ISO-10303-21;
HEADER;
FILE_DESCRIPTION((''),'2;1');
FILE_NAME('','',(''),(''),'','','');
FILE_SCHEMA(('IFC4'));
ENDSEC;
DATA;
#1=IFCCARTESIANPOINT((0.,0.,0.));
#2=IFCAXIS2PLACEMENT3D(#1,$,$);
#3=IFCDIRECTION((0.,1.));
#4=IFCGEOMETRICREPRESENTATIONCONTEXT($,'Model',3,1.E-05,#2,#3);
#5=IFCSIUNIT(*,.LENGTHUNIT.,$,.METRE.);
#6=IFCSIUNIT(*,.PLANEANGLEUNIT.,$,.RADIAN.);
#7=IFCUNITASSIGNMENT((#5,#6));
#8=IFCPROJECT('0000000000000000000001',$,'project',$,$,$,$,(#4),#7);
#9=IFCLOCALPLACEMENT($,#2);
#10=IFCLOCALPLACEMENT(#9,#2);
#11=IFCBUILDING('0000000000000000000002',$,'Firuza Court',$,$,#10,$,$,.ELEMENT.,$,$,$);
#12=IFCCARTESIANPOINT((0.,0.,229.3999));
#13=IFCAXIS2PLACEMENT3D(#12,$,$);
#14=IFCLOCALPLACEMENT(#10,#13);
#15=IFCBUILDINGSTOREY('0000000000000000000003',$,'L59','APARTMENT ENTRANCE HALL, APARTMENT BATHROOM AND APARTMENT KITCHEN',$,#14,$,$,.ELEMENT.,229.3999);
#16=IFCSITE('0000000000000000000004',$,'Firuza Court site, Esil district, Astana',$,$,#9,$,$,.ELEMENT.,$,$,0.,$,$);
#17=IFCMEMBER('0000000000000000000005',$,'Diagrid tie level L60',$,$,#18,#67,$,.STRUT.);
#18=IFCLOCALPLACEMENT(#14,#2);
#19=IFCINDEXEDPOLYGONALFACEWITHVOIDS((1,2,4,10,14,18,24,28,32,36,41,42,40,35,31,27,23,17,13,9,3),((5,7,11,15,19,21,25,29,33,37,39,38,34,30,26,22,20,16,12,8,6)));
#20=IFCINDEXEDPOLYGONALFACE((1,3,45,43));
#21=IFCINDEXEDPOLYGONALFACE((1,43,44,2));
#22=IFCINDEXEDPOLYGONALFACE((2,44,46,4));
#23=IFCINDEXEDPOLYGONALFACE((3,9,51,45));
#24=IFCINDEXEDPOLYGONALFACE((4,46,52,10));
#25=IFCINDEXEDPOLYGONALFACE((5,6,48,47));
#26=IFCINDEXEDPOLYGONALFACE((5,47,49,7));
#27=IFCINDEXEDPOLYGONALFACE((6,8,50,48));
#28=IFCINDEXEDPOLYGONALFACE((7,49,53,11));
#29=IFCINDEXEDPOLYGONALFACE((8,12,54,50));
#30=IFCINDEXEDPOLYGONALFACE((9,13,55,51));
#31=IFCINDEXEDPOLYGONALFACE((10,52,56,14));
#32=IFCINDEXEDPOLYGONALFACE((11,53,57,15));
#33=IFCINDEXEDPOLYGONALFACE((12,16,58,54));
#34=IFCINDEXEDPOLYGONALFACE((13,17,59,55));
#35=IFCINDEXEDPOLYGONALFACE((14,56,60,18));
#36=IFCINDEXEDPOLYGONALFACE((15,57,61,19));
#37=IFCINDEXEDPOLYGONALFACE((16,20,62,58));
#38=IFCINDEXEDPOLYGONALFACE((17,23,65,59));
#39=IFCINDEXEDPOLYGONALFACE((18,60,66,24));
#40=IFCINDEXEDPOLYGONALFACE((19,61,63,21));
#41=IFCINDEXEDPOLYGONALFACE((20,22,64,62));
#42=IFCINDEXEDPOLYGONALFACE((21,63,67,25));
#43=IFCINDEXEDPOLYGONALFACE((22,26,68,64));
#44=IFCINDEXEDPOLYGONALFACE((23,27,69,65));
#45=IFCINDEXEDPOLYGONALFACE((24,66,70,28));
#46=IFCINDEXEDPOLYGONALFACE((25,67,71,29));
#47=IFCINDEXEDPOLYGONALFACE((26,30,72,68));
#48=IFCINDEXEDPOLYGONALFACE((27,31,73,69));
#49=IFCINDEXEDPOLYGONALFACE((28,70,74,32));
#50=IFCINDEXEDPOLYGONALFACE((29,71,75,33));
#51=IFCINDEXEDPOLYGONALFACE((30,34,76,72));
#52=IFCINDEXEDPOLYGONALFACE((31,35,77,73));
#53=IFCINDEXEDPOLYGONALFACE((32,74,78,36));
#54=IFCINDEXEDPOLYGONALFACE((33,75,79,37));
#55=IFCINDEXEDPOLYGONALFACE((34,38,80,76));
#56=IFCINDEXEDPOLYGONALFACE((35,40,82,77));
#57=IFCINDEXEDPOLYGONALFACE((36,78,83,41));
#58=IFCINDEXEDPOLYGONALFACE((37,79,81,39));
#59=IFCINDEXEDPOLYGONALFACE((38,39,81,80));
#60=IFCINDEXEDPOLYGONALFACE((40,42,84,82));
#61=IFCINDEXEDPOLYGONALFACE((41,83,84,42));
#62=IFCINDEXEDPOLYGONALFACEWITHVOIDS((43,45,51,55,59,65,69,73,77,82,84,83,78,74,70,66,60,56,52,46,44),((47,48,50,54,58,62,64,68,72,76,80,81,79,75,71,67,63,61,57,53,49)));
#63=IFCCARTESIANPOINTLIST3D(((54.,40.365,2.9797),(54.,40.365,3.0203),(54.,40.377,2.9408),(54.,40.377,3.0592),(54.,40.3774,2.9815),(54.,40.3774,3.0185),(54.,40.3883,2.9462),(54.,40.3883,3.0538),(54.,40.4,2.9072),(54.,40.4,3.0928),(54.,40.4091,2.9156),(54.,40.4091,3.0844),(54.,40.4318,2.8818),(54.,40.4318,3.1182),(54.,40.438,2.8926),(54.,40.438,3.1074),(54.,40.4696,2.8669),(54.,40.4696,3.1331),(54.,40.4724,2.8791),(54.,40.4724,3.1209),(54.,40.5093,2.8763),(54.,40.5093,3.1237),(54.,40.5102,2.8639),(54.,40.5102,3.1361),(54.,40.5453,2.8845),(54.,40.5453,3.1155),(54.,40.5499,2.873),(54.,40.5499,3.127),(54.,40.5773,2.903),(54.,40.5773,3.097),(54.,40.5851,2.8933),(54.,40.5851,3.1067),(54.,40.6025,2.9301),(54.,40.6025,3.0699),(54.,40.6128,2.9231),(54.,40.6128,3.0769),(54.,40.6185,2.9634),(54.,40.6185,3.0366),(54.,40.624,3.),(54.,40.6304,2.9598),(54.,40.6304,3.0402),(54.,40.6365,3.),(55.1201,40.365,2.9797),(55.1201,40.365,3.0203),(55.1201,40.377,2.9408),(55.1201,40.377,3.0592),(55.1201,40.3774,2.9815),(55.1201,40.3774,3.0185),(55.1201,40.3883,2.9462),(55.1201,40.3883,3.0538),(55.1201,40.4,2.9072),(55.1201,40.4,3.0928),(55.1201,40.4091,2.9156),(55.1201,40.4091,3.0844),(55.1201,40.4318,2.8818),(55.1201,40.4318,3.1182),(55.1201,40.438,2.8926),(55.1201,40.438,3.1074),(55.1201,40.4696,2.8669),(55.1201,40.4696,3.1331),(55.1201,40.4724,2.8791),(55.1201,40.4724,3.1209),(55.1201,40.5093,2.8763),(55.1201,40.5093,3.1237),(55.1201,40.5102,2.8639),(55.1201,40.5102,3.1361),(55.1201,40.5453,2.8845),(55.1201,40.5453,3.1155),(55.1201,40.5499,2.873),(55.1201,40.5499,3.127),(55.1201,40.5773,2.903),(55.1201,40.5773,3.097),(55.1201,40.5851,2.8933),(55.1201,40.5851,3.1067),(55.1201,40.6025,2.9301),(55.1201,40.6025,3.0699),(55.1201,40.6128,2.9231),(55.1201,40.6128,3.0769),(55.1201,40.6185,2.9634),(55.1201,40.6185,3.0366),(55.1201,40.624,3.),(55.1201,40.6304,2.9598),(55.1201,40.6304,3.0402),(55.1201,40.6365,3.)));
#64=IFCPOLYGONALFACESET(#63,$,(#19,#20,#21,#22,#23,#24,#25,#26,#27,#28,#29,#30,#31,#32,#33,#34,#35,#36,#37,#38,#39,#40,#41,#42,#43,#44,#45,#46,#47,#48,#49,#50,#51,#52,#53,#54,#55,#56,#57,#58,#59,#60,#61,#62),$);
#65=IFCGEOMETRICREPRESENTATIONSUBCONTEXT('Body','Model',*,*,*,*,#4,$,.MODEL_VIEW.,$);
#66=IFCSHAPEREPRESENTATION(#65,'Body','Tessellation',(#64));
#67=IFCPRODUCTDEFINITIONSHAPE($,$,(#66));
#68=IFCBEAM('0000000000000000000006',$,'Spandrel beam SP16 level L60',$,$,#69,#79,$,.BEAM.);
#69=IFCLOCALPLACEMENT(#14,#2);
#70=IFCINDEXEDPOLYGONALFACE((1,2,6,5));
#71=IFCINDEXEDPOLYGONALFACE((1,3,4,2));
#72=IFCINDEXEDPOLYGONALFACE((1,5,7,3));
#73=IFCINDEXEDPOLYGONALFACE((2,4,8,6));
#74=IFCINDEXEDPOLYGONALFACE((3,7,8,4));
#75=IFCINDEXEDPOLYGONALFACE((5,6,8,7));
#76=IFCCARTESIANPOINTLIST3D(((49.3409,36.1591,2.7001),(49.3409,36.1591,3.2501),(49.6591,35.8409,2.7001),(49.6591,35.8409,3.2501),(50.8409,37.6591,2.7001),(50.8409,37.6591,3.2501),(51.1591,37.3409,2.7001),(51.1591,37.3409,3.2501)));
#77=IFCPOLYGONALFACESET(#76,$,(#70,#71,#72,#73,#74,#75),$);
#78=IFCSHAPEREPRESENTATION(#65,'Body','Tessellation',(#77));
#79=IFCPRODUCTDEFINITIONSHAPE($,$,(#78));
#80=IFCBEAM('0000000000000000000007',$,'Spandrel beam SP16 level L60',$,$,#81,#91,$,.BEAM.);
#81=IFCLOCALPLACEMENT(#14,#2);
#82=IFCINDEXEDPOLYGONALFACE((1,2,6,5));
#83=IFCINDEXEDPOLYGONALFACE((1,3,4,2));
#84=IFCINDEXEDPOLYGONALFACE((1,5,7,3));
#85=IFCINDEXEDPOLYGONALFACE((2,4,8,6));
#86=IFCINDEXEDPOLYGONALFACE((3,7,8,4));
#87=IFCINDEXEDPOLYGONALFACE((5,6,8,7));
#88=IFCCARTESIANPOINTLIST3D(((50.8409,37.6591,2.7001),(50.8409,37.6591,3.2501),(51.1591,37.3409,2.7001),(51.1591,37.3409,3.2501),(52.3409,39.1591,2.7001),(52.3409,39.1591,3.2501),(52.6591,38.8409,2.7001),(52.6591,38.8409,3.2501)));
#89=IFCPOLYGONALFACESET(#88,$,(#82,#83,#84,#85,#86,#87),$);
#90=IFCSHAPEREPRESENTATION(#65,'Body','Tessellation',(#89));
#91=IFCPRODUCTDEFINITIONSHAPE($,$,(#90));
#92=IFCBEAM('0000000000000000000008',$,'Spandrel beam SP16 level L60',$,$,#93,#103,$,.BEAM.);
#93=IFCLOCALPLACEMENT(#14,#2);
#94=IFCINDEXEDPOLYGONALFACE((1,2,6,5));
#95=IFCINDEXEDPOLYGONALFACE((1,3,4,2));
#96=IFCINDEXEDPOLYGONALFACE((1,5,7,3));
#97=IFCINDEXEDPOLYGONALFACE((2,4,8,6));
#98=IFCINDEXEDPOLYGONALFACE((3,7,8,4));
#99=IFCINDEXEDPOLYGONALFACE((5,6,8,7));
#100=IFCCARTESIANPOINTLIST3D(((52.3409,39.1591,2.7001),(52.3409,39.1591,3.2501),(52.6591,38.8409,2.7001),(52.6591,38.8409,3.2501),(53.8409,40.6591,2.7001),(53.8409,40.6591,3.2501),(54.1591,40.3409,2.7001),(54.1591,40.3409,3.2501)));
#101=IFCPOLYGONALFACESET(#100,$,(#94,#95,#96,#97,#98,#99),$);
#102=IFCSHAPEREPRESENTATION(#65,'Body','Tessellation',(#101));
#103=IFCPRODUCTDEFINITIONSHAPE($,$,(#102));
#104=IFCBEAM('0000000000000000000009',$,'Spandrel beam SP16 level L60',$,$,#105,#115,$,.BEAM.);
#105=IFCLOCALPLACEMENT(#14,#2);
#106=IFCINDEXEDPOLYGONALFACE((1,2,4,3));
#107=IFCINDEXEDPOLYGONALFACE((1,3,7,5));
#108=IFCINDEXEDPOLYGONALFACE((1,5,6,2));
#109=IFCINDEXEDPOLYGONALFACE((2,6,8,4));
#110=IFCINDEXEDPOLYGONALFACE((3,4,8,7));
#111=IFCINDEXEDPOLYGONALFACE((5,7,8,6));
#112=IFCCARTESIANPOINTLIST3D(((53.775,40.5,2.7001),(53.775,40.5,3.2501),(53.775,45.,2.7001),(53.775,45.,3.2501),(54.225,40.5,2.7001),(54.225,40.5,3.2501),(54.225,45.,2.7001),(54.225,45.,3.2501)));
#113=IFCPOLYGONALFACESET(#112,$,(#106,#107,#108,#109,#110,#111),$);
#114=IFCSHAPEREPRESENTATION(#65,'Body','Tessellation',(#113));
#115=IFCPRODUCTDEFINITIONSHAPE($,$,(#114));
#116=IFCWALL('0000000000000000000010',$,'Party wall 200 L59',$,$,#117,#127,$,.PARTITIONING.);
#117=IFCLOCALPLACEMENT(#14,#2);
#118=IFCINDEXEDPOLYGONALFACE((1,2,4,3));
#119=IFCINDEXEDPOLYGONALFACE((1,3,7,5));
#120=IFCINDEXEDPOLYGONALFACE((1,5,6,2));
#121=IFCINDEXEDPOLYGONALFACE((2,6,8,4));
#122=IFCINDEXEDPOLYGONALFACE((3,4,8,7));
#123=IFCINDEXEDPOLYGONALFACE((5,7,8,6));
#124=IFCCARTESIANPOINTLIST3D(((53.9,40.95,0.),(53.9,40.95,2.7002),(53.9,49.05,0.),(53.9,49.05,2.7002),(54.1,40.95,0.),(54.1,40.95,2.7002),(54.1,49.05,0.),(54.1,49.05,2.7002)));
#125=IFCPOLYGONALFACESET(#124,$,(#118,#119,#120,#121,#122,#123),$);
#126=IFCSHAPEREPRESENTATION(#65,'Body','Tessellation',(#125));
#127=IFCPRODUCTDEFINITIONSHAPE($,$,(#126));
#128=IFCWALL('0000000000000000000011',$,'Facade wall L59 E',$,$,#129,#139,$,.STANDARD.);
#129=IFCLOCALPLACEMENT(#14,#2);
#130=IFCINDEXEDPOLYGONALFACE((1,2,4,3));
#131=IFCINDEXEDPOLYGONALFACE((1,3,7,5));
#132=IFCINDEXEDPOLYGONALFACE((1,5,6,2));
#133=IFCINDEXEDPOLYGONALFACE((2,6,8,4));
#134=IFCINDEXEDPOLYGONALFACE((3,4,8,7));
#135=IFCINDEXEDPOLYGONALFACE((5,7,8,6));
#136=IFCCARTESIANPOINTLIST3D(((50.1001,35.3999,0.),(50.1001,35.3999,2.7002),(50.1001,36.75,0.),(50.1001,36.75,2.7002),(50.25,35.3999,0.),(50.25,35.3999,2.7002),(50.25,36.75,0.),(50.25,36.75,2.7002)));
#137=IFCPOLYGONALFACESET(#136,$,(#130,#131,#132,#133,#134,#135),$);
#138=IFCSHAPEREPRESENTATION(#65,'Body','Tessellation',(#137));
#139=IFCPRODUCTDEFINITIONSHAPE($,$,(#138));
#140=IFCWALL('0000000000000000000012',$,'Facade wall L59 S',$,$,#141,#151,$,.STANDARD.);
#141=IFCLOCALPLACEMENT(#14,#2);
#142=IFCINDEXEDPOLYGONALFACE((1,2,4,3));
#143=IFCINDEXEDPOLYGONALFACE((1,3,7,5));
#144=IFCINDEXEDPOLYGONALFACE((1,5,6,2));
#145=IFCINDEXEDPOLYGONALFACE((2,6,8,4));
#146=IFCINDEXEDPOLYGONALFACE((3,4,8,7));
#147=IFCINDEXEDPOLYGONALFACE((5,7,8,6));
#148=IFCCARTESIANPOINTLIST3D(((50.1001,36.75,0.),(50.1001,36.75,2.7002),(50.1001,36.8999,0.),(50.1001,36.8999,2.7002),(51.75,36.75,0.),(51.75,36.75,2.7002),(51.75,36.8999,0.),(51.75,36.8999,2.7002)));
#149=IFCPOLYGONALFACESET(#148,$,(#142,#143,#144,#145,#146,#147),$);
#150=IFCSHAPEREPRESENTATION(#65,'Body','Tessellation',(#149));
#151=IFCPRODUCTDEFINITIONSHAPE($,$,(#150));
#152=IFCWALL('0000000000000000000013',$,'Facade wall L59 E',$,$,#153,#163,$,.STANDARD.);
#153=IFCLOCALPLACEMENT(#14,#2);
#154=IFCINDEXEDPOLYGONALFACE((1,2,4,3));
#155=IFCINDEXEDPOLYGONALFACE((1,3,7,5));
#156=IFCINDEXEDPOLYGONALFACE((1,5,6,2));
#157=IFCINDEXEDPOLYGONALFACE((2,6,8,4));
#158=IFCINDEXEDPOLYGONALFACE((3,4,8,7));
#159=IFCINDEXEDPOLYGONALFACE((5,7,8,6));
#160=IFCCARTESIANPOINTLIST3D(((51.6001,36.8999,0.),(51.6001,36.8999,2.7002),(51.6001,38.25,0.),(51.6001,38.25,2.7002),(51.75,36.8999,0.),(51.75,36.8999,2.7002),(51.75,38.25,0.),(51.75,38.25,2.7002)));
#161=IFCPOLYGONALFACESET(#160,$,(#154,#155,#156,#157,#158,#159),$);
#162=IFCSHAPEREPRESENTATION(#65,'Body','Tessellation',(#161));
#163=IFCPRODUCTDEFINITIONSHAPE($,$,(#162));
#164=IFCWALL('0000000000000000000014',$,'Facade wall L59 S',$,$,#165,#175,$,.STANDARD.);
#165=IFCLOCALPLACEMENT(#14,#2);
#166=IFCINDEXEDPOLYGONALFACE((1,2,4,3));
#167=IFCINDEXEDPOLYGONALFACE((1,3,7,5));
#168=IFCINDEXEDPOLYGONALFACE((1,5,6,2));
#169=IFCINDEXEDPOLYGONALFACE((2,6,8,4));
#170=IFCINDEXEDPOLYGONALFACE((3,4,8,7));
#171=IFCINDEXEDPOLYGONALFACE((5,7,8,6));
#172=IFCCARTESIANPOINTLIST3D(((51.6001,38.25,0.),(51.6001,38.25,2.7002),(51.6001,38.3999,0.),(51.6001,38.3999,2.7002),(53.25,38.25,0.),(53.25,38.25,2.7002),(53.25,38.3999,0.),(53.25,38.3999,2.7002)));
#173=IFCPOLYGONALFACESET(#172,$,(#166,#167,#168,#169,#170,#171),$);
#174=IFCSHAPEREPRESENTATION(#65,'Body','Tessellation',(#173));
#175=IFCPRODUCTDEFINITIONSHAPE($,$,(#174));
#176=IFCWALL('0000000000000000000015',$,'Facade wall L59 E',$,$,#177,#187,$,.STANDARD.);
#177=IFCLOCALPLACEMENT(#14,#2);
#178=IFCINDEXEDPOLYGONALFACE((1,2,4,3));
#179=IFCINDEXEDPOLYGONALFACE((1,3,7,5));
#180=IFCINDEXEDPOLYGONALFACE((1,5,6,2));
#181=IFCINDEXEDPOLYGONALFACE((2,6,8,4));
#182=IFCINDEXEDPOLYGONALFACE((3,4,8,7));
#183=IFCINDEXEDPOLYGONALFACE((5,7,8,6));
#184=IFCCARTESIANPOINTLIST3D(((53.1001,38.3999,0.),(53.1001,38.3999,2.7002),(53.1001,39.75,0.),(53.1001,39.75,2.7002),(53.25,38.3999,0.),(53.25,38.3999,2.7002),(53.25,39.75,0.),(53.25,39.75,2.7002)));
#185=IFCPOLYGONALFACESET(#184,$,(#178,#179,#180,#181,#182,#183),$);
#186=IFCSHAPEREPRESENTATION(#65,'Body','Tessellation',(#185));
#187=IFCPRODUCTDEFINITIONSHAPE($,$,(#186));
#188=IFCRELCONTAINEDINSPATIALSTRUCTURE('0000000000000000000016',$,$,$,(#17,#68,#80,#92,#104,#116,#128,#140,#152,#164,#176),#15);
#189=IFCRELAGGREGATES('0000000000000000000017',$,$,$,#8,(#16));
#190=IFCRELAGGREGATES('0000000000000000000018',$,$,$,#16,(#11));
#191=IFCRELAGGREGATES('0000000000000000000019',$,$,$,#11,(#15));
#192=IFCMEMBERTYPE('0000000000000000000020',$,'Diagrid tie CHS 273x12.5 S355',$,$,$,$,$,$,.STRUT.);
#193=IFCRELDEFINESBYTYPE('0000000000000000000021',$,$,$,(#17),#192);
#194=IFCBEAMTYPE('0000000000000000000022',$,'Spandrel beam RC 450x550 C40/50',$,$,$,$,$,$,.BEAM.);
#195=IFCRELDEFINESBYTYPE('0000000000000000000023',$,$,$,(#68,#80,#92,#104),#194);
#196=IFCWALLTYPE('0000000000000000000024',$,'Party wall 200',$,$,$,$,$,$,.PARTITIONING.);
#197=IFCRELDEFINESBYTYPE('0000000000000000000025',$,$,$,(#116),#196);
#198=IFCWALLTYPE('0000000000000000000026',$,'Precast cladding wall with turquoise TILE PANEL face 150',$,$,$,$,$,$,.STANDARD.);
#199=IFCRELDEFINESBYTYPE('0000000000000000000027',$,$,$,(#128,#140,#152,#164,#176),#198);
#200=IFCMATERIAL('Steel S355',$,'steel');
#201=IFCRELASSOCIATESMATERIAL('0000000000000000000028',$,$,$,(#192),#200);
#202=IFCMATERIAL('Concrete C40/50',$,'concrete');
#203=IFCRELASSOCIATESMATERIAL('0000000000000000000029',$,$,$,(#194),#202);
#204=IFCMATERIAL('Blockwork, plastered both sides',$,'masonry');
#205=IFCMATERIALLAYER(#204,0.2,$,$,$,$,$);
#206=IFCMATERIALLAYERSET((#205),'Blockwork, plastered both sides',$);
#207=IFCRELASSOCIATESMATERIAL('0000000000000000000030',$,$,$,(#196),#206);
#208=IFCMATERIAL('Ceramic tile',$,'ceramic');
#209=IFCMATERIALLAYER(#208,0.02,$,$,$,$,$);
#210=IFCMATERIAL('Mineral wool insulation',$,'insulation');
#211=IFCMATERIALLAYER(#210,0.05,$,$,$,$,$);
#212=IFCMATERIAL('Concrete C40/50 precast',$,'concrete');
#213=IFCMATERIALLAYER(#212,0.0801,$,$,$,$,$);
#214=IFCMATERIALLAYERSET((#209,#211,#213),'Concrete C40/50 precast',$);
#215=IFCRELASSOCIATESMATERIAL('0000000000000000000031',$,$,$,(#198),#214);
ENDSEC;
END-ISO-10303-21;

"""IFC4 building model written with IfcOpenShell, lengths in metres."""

from ifc_helpers import new_model, si_unit, direction, frame, frame_2d, origin, origin_2d, place, context, subcontext, project, spatial, rectangle, hollow_circle, extrude, material, layer, layer_set, material_profile, profile_set, type_object, element, save


model = new_model("IFC4")

# Units and contexts
model_context = context("Model", 3, precision=1e-05, world=origin(), true_north=direction((0.0, 1.0)))
body_context = subcontext(model_context, "Body", "Model", "MODEL_VIEW")
ifc_project = project(units=[si_unit("LENGTHUNIT", "METRE"), si_unit("PLANEANGLEUNIT", "RADIAN")], contexts=[model_context])

# Site, building, storey
site_placement = place(None, origin())
site = spatial("IfcSite", under=ifc_project, at=site_placement, Name="Firuza Court site, Esil district, Astana", CompositionType="ELEMENT", RefElevation=0.0)
building_placement = place(site_placement, origin())
building = spatial("IfcBuilding", under=site, at=building_placement, Name="Firuza Court", CompositionType="ELEMENT")
storey_placement = place(building_placement, frame((0.0, 0.0, 229.3999)))
storey = spatial("IfcBuildingStorey", under=building, at=storey_placement, Name="L59", Description="APARTMENT ENTRANCE HALL, APARTMENT BATHROOM AND APARTMENT KITCHEN", CompositionType="ELEMENT", Elevation=229.3999)

# Member
ifc_material_1 = material(Name="Steel S355", Category="steel")
ifc_material_profile_1 = material_profile(ifc_material_1, hollow_circle(Radius=0.1365, WallThickness=0.0125, at=origin_2d()), Name="CHS 273x12.5")
ifc_profile_set_1 = profile_set([ifc_material_profile_1], Name="Steel S355")
member_type_1 = type_object("IfcMemberType", Name="Diagrid tie CHS 273x12.5 S355", PredefinedType="STRUT", material=ifc_profile_set_1)
for number, where, z_axis, x_axis, name in (
    (1, (54.0, 40.5, 3.0), (1.0, 0.0, 0.0), (0.0, 1.0, 0.0), "Diagrid tie level L60"),
):
    element("IfcMember", number, at=place(storey_placement, frame(where, z_axis=z_axis, x_axis=x_axis)), inside=storey, type_object=member_type_1, Name=name, PredefinedType="STRUT", context=body_context, shape_type="SweptSolid", body=[
        extrude(hollow_circle(Radius=0.1365, WallThickness=0.0125, at=origin_2d()), origin(), (0.0, 0.0, 1.0), 1.1201),
    ])

# Beams
ifc_material_2 = material(Name="Concrete C40/50", Category="concrete")
ifc_material_profile_2 = material_profile(ifc_material_2, rectangle(XDim=0.45, YDim=0.55, at=origin_2d()), Name="RC 450x550")
ifc_profile_set_2 = profile_set([ifc_material_profile_2], Name="Concrete C40/50")
beam_type = type_object("IfcBeamType", Name="Spandrel beam RC 450x550 C40/50", PredefinedType="BEAM", material=ifc_profile_set_2)
for number, where, z_axis, x_axis, name in (
    (2, (49.5, 36.0, 2.9751), (0.707107, 0.707107, 0.0), (-0.707107, 0.707107, 0.0), "Spandrel beam SP16 level L60"),
    (3, (51.0, 37.5, 2.9751), (0.707107, 0.707107, 0.0), (-0.707107, 0.707107, 0.0), "Spandrel beam SP16 level L60"),
    (4, (52.5, 39.0, 2.9751), (0.707107, 0.707107, 0.0), (-0.707107, 0.707107, 0.0), "Spandrel beam SP16 level L60"),
):
    element("IfcBeam", number, at=place(storey_placement, frame(where, z_axis=z_axis, x_axis=x_axis)), inside=storey, type_object=beam_type, Name=name, PredefinedType="BEAM", context=body_context, shape_type="SweptSolid", body=[
        extrude(rectangle(XDim=0.45, YDim=0.55, at=origin_2d()), origin(), (0.0, 0.0, 1.0), 2.1213),
    ])
beam_placement = place(storey_placement, frame((54.0, 40.5, 2.9751), z_axis=(0.0, 1.0, 0.0), x_axis=(-1.0, 0.0, 0.0)))
element("IfcBeam", 5, at=beam_placement, inside=storey, type_object=beam_type, Name="Spandrel beam SP16 level L60", PredefinedType="BEAM", context=body_context, shape_type="SweptSolid", body=[
    extrude(rectangle(XDim=0.45, YDim=0.55, at=origin_2d()), origin(), (0.0, 0.0, 1.0), 4.5),
])

# Walls
ifc_material_3 = material(Name="Blockwork, plastered both sides", Category="masonry")
ifc_layer_1 = layer(ifc_material_3, 0.2)
ifc_layer_set_1 = layer_set([ifc_layer_1], Name="Blockwork, plastered both sides")
wall_type_1 = type_object("IfcWallType", Name="Party wall 200", PredefinedType="PARTITIONING", material=ifc_layer_set_1)
wall_1_placement = place(storey_placement, frame((54.0, 40.95, 0.0), z_axis=(0.0, 0.0, 1.0), x_axis=(0.0, 1.0, 0.0)))
element("IfcWall", 6, at=wall_1_placement, inside=storey, type_object=wall_type_1, Name="Party wall 200 L59", PredefinedType="PARTITIONING", context=body_context, shape_type="SweptSolid", body=[
    extrude(rectangle(XDim=8.1001, YDim=0.2, at=frame_2d((4.05, 0.0))), origin(), (0.0, 0.0, 1.0), 2.7002),
])
ifc_material_4 = material(Name="Ceramic tile", Category="ceramic")
ifc_layer_2 = layer(ifc_material_4, 0.02)
ifc_material_5 = material(Name="Mineral wool insulation", Category="insulation")
ifc_layer_3 = layer(ifc_material_5, 0.05)
ifc_material_6 = material(Name="Concrete C40/50 precast", Category="concrete")
ifc_layer_4 = layer(ifc_material_6, 0.0801)
ifc_layer_set_2 = layer_set([ifc_layer_2, ifc_layer_3, ifc_layer_4], Name="Concrete C40/50 precast")
wall_type_2 = type_object("IfcWallType", Name="Precast cladding wall with turquoise TILE PANEL face 150", PredefinedType="STANDARD", material=ifc_layer_set_2)
wall_2_placement = place(storey_placement, frame((50.175, 35.3999, 0.0), z_axis=(0.0, 0.0, 1.0), x_axis=(0.0, 1.0, 0.0)))
element("IfcWall", 7, at=wall_2_placement, inside=storey, type_object=wall_type_2, Name="Facade wall L59 E", PredefinedType="STANDARD", context=body_context, shape_type="SweptSolid", body=[
    extrude(rectangle(XDim=1.3501, YDim=0.1499, at=frame_2d((0.675, 0.0))), origin(), (0.0, 0.0, 1.0), 2.7002),
])
wall_3_placement = place(storey_placement, frame((50.1001, 36.825, 0.0), z_axis=(0.0, 0.0, 1.0), x_axis=(1.0, 0.0, 0.0)))
element("IfcWall", 8, at=wall_3_placement, inside=storey, type_object=wall_type_2, Name="Facade wall L59 S", PredefinedType="STANDARD", context=body_context, shape_type="SweptSolid", body=[
    extrude(rectangle(XDim=1.6499, YDim=0.1499, at=frame_2d((0.825, 0.0))), origin(), (0.0, 0.0, 1.0), 2.7002),
])
wall_4_placement = place(storey_placement, frame((51.675, 36.8999, 0.0), z_axis=(0.0, 0.0, 1.0), x_axis=(0.0, 1.0, 0.0)))
element("IfcWall", 9, at=wall_4_placement, inside=storey, type_object=wall_type_2, Name="Facade wall L59 E", PredefinedType="STANDARD", context=body_context, shape_type="SweptSolid", body=[
    extrude(rectangle(XDim=1.3501, YDim=0.1499, at=frame_2d((0.675, 0.0))), origin(), (0.0, 0.0, 1.0), 2.7002),
])
wall_5_placement = place(storey_placement, frame((51.6001, 38.325, 0.0), z_axis=(0.0, 0.0, 1.0), x_axis=(1.0, 0.0, 0.0)))
element("IfcWall", 10, at=wall_5_placement, inside=storey, type_object=wall_type_2, Name="Facade wall L59 S", PredefinedType="STANDARD", context=body_context, shape_type="SweptSolid", body=[
    extrude(rectangle(XDim=1.6499, YDim=0.1499, at=frame_2d((0.825, 0.0))), origin(), (0.0, 0.0, 1.0), 2.7002),
])
wall_6_placement = place(storey_placement, frame((53.175, 38.3999, 0.0), z_axis=(0.0, 0.0, 1.0), x_axis=(0.0, 1.0, 0.0)))
element("IfcWall", 11, at=wall_6_placement, inside=storey, type_object=wall_type_2, Name="Facade wall L59 E", PredefinedType="STANDARD", context=body_context, shape_type="SweptSolid", body=[
    extrude(rectangle(XDim=1.3501, YDim=0.1499, at=frame_2d((0.675, 0.0))), origin(), (0.0, 0.0, 1.0), 2.7002),
])

save(model, "model.ifc")
